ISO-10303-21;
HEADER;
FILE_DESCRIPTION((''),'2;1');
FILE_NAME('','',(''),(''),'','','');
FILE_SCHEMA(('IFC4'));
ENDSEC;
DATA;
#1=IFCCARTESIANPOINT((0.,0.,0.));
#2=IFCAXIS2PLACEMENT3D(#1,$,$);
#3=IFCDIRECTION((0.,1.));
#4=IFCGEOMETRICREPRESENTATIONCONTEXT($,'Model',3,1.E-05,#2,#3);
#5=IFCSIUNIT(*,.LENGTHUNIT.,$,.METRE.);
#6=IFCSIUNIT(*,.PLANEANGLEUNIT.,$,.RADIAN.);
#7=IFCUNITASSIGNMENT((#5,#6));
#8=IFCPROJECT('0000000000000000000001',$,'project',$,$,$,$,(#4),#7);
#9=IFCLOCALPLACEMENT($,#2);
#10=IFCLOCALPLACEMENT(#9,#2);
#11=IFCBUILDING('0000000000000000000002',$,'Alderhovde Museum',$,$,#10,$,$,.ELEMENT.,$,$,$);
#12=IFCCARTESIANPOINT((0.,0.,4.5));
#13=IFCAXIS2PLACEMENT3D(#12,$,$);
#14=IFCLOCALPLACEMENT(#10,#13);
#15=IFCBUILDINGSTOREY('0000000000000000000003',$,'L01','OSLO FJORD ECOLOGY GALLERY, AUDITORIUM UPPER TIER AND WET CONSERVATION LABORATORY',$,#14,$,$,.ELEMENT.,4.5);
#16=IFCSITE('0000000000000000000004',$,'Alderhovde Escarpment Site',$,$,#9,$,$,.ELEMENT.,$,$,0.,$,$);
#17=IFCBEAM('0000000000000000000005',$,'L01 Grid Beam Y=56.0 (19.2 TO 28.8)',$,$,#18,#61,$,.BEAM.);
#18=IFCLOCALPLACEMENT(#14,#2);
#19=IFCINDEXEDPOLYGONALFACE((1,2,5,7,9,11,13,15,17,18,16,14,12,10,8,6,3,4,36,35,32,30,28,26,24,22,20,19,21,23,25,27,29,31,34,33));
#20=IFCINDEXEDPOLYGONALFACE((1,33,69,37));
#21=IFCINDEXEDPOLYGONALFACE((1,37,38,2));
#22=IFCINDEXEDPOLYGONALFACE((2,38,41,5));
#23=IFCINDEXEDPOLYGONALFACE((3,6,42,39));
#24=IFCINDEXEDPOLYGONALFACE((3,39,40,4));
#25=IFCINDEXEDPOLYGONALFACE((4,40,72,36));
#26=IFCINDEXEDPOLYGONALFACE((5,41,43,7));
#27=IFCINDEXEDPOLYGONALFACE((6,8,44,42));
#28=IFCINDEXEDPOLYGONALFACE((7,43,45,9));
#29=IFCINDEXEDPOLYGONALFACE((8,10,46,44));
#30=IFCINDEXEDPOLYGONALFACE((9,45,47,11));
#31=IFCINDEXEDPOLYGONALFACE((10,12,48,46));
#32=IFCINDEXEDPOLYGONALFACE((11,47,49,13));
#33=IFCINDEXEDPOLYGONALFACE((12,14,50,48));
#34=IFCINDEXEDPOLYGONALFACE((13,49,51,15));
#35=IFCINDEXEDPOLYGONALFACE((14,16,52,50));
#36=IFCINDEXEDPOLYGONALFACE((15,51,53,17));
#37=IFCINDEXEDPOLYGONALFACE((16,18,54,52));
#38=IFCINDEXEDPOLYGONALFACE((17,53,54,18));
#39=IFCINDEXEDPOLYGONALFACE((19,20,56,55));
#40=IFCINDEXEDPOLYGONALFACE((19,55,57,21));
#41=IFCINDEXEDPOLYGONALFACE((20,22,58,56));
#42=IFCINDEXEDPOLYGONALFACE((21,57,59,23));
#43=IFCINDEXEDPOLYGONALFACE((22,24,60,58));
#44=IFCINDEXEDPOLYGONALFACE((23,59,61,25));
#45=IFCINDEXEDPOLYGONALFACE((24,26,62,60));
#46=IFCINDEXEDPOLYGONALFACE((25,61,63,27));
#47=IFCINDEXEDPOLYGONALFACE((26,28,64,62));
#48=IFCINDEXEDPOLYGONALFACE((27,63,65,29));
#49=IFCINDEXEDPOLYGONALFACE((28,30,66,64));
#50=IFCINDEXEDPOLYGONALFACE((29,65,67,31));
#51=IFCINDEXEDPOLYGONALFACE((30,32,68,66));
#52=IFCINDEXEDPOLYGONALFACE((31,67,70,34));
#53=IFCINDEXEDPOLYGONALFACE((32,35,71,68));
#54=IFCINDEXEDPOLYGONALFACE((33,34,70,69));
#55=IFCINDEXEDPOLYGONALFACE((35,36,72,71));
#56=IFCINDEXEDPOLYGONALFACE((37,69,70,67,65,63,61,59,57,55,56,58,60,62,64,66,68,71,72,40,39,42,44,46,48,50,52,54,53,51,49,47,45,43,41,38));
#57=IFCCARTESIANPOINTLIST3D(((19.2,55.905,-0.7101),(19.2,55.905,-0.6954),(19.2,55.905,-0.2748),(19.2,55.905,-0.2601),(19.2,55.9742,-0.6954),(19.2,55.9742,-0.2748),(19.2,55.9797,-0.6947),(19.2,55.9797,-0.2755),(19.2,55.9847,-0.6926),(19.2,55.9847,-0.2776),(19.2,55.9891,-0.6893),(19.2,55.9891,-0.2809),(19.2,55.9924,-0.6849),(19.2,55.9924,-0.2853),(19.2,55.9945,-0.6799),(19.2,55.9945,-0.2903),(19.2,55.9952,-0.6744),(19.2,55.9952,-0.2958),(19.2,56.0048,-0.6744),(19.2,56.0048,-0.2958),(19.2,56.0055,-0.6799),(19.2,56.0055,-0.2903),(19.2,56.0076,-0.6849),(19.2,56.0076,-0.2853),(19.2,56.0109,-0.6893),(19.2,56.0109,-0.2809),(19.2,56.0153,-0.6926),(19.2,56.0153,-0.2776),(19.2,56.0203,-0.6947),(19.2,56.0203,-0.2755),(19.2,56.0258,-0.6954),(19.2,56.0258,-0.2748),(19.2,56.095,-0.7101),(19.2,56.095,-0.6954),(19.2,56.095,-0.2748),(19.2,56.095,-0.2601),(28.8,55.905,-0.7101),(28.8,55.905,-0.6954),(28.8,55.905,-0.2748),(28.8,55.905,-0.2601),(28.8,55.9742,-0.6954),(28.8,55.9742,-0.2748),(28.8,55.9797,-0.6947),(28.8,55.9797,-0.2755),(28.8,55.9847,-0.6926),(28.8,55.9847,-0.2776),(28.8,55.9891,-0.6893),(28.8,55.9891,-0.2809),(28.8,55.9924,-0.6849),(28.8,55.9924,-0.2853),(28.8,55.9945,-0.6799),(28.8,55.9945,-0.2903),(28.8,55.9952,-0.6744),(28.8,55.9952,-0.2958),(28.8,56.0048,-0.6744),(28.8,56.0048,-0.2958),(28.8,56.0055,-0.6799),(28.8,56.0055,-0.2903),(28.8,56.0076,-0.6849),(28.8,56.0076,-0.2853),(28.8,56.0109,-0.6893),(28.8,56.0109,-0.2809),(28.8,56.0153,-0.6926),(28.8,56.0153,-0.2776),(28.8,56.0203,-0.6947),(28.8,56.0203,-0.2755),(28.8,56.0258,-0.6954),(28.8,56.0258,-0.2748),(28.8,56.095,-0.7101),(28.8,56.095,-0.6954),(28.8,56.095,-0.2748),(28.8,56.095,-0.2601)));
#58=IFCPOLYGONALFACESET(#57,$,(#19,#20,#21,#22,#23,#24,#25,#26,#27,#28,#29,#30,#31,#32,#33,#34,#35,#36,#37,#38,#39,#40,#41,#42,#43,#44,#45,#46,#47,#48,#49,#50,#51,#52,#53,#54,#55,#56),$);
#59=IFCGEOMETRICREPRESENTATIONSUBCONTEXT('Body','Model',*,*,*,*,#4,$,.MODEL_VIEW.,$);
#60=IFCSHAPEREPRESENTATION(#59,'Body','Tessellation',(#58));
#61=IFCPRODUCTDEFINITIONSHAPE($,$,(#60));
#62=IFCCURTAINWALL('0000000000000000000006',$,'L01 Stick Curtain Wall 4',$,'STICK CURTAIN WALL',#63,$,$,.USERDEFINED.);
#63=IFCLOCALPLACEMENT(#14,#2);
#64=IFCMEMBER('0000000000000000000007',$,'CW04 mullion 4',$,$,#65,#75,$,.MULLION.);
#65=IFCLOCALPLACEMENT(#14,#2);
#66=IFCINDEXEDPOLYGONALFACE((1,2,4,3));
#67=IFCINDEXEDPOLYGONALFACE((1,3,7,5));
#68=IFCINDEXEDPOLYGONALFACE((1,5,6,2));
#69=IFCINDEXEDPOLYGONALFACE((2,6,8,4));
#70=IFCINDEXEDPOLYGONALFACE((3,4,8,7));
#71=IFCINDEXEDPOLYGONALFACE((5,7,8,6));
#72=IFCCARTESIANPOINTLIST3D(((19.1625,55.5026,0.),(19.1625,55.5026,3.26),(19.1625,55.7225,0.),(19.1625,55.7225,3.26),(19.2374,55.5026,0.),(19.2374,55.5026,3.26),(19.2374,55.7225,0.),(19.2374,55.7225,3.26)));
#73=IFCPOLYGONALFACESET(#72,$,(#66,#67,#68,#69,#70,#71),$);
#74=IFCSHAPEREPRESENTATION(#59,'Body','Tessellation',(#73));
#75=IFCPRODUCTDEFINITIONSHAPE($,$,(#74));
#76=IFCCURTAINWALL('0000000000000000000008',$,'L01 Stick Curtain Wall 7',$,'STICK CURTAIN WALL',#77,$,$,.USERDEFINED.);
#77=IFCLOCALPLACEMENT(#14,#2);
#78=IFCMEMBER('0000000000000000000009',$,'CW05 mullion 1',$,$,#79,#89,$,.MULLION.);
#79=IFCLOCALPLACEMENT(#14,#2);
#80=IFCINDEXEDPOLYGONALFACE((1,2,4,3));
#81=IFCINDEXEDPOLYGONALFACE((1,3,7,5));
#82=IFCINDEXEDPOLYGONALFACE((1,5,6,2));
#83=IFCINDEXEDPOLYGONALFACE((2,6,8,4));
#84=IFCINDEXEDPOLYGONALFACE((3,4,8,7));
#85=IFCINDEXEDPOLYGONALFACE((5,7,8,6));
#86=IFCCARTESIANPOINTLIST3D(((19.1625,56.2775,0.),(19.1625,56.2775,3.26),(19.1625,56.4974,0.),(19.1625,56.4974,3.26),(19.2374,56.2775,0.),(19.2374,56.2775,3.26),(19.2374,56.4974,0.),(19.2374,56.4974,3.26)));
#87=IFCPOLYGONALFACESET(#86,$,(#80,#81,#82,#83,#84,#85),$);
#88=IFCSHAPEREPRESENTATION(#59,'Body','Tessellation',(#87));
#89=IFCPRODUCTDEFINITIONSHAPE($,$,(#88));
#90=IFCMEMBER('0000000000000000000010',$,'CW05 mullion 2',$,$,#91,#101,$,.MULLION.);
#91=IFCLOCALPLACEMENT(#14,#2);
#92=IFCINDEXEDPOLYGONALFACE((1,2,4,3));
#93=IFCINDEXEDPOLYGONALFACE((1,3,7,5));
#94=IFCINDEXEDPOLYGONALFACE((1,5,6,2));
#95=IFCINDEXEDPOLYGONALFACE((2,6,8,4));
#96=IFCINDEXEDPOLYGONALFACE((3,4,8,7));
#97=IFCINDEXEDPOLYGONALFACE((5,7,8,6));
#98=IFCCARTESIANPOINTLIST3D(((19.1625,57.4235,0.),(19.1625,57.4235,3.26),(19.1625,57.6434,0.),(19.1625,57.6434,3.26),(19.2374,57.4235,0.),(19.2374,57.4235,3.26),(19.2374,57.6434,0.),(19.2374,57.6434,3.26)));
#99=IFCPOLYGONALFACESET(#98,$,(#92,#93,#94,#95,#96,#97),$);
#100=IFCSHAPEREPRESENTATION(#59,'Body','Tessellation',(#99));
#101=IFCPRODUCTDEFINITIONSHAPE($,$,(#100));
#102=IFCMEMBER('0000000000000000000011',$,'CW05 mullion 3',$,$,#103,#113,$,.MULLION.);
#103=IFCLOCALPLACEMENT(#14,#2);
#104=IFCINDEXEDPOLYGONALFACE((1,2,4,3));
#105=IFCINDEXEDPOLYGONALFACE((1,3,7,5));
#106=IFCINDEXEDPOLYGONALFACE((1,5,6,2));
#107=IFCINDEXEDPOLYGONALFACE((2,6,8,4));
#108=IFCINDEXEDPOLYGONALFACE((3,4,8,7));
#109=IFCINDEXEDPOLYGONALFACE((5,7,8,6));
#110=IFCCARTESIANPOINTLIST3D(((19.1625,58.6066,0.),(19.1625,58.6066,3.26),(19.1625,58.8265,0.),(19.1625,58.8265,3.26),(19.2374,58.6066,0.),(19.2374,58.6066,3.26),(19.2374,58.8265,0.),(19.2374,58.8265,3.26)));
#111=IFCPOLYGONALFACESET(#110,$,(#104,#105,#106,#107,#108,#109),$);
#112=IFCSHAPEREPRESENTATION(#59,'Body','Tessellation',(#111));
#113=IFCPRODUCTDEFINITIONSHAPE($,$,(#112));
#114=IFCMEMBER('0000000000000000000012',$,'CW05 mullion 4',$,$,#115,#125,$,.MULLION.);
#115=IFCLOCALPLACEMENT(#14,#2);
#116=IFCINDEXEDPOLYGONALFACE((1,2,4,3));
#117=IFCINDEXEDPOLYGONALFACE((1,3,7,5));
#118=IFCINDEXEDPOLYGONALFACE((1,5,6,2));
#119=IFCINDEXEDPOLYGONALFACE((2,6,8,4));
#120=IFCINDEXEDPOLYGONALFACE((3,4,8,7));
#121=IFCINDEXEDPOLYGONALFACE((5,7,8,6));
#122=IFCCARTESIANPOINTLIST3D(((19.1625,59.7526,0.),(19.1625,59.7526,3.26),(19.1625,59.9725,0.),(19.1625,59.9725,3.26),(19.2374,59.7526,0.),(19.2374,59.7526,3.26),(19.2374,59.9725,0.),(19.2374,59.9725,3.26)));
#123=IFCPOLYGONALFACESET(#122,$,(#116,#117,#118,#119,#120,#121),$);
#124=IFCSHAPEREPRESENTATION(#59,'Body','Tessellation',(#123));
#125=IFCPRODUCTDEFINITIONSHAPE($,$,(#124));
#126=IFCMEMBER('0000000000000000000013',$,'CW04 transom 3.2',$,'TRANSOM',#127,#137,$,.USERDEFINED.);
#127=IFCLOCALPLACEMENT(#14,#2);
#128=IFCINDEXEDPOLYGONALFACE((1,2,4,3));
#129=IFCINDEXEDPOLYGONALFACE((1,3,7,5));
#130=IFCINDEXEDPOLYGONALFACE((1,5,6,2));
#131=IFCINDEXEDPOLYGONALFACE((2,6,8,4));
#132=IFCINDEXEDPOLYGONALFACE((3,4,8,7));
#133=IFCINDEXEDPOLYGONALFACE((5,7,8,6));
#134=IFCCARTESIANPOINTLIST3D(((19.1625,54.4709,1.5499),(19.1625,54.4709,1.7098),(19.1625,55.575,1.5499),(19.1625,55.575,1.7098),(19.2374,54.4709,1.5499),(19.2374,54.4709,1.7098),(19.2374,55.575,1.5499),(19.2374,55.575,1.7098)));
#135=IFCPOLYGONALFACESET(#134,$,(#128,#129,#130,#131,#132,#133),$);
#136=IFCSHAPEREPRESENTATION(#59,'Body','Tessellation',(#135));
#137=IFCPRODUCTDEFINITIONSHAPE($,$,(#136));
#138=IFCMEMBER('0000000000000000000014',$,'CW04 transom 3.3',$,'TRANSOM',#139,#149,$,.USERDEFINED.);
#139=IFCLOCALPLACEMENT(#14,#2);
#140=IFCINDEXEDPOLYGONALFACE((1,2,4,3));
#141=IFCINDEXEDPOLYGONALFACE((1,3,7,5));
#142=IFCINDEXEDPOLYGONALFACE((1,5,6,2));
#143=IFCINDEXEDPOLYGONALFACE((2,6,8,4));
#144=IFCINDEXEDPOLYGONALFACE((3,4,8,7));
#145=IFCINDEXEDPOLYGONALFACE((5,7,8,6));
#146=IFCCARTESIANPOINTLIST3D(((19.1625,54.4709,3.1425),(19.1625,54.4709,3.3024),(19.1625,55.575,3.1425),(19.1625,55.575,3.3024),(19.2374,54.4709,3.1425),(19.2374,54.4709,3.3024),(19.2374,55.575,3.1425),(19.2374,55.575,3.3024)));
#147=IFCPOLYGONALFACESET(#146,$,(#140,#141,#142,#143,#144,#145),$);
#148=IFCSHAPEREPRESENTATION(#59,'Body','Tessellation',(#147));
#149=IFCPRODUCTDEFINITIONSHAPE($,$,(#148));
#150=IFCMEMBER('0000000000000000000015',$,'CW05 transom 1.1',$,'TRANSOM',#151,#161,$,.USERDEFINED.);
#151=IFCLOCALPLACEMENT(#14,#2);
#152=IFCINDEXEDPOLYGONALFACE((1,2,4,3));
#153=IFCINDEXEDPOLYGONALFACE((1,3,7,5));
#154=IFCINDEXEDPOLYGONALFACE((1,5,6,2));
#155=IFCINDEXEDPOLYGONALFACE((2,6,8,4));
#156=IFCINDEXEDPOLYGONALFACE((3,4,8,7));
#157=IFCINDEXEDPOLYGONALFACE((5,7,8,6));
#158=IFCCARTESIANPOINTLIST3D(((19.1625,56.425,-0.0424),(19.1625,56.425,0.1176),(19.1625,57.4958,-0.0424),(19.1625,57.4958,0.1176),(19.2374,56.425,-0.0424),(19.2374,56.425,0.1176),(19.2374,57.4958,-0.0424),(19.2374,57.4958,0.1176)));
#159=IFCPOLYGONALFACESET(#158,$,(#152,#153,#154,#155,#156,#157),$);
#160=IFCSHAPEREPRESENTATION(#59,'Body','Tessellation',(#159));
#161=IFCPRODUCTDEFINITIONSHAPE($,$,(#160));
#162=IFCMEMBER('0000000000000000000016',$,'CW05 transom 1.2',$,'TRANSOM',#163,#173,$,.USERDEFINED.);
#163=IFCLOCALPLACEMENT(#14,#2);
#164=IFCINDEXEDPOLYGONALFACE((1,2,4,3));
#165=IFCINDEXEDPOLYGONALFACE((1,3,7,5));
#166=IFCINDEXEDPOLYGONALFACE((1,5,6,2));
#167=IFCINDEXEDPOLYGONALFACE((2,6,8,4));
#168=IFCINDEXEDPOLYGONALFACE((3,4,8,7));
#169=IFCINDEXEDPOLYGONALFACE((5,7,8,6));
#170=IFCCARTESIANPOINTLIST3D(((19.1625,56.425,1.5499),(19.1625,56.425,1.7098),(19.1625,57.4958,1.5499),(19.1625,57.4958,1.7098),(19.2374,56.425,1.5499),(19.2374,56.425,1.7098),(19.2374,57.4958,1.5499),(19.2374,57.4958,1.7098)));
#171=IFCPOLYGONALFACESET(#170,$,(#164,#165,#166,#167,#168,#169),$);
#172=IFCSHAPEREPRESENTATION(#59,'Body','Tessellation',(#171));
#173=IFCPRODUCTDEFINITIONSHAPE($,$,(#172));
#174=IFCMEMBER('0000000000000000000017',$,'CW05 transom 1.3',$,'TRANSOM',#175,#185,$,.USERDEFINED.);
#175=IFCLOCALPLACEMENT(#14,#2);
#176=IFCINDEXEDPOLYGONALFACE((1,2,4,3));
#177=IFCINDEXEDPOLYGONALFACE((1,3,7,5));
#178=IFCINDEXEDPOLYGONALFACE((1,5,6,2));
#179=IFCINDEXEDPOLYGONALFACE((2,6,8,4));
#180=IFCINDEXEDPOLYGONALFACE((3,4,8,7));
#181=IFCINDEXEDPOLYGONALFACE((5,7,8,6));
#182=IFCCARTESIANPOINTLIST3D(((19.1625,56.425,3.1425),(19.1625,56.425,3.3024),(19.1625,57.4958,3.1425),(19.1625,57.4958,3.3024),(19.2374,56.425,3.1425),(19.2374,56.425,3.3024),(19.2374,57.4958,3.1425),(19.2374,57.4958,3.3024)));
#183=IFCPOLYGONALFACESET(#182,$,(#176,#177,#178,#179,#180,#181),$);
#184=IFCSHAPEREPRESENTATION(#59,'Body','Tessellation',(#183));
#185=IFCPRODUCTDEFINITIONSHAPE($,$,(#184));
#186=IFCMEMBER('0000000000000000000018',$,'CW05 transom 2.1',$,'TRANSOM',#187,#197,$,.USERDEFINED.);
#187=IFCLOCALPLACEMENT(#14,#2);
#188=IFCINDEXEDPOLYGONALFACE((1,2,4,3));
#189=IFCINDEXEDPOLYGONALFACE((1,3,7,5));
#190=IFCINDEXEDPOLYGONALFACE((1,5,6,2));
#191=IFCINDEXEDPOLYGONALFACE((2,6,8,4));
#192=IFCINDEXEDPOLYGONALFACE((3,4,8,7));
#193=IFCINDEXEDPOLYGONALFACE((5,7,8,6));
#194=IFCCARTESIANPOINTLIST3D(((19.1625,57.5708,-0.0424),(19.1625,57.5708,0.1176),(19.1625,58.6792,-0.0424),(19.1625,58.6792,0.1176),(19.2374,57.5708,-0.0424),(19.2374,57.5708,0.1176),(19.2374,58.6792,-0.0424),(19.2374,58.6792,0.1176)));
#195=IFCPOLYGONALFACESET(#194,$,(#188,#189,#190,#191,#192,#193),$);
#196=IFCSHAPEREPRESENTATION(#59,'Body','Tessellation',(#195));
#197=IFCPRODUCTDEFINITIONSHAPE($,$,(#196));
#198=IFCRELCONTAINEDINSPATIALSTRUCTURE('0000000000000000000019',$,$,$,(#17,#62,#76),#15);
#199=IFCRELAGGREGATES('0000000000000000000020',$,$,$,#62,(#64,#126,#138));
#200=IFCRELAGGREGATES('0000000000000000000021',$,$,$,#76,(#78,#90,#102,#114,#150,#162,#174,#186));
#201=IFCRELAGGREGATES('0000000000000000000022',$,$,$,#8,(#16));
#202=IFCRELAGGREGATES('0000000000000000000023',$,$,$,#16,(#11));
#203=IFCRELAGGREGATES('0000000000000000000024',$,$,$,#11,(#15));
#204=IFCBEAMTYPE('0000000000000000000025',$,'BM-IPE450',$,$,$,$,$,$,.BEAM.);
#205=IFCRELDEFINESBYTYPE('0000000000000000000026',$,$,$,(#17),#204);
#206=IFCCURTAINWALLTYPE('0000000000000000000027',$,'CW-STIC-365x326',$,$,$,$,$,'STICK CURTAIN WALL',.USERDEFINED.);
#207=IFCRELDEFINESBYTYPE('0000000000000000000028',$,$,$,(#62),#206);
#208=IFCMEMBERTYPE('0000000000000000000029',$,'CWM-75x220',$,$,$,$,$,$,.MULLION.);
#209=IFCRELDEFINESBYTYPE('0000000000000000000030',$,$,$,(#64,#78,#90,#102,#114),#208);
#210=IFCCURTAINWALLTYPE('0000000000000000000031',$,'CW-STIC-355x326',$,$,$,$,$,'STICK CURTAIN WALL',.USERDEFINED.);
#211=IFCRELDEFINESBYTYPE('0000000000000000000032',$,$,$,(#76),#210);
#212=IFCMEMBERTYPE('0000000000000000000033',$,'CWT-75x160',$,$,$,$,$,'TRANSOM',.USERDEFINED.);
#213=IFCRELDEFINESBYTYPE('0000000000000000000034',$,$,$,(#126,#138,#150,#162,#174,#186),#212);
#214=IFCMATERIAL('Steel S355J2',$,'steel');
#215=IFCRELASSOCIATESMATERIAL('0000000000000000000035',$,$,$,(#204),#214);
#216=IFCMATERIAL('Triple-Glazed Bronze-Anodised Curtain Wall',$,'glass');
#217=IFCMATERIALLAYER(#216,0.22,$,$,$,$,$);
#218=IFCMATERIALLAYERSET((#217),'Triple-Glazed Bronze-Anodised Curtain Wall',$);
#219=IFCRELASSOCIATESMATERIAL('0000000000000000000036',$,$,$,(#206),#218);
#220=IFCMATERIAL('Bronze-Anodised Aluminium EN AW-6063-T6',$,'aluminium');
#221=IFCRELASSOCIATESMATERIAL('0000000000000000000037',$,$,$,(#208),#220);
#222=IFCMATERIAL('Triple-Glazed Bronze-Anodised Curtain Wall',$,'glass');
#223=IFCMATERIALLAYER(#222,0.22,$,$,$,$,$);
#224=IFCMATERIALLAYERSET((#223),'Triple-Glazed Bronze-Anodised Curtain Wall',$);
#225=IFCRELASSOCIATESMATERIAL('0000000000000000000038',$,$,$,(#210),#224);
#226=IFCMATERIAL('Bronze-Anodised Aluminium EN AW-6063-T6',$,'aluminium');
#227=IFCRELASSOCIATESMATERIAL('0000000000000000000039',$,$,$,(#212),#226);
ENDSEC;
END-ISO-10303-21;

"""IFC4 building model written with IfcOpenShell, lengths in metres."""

from ifc_helpers import new_model, si_unit, direction, frame, origin, origin_2d, place, context, subcontext, project, spatial, rectangle, i_section, extrude, material, layer, layer_set, material_profile, profile_set, type_object, element, aggregate, save


model = new_model("IFC4")

# Units and contexts
model_context = context("Model", 3, precision=1e-05, world=origin(), true_north=direction((0.0, 1.0)))
body_context = subcontext(model_context, "Body", "Model", "MODEL_VIEW")
ifc_project = project(units=[si_unit("LENGTHUNIT", "METRE"), si_unit("PLANEANGLEUNIT", "RADIAN")], contexts=[model_context])

# Site, building, storey
site_placement = place(None, origin())
site = spatial("IfcSite", under=ifc_project, at=site_placement, Name="Alderhovde Escarpment Site", CompositionType="ELEMENT", RefElevation=0.0)
building_placement = place(site_placement, origin())
building = spatial("IfcBuilding", under=site, at=building_placement, Name="Alderhovde Museum", CompositionType="ELEMENT")
storey_placement = place(building_placement, frame((0.0, 0.0, 4.5)))
storey = spatial("IfcBuildingStorey", under=building, at=storey_placement, Name="L01", Description="OSLO FJORD ECOLOGY GALLERY, AUDITORIUM UPPER TIER AND WET CONSERVATION LABORATORY", CompositionType="ELEMENT", Elevation=4.5)

# Beam
ifc_material_1 = material(Name="Steel S355J2", Category="steel")
ifc_material_profile_1 = material_profile(ifc_material_1, i_section(OverallWidth=0.1899, OverallDepth=0.45, WebThickness=0.0095, FlangeThickness=0.0146, FilletRadius=0.021, at=origin_2d()), Name="IPE 450")
ifc_profile_set_1 = profile_set([ifc_material_profile_1], Name="Steel S355J2")
beam_type_1 = type_object("IfcBeamType", Name="BM-IPE450", PredefinedType="BEAM", material=ifc_profile_set_1)
beam_1_placement = place(storey_placement, frame((19.2, 56.0, -0.4851), z_axis=(1.0, 0.0, 0.0), x_axis=(0.0, 1.0, 0.0)))
element("IfcBeam", 1, at=beam_1_placement, inside=storey, type_object=beam_type_1, Name="L01 Grid Beam Y=56.0 (19.2 TO 28.8)", PredefinedType="BEAM", context=body_context, shape_type="SweptSolid", body=[
    extrude(i_section(OverallWidth=0.1899, OverallDepth=0.45, WebThickness=0.0095, FlangeThickness=0.0146, FilletRadius=0.021, at=origin_2d()), origin(), (0.0, 0.0, 1.0), 9.6001),
])

# Curtain wall, member
ifc_material_2 = material(Name="Triple-Glazed Bronze-Anodised Curtain Wall", Category="glass")
ifc_layer_1 = layer(ifc_material_2, 0.22)
ifc_layer_set_1 = layer_set([ifc_layer_1], Name="Triple-Glazed Bronze-Anodised Curtain Wall")
curtain_wall_type_1 = type_object("IfcCurtainWallType", Name="CW-STIC-365x326", ElementType="STICK CURTAIN WALL", PredefinedType="USERDEFINED", material=ifc_layer_set_1)
curtain_wall_1_placement = place(storey_placement, origin())
curtain_wall_1 = element("IfcCurtainWall", 2, at=curtain_wall_1_placement, inside=storey, type_object=curtain_wall_type_1, Name="L01 Stick Curtain Wall 4", ObjectType="STICK CURTAIN WALL", PredefinedType="USERDEFINED")
ifc_material_3 = material(Name="Bronze-Anodised Aluminium EN AW-6063-T6", Category="aluminium")
ifc_material_profile_2 = material_profile(ifc_material_3, rectangle(XDim=0.075, YDim=0.22, at=origin_2d()), Name="MULLION 75x220")
ifc_profile_set_2 = profile_set([ifc_material_profile_2], Name="Bronze-Anodised Aluminium EN AW-6063-T6")
member_type_1 = type_object("IfcMemberType", Name="CWM-75x220", PredefinedType="MULLION", material=ifc_profile_set_2)
member_1_placement = place(storey_placement, frame((19.2, 55.6125, 0.0), z_axis=(0.0, 0.0, 1.0), x_axis=(-1.0, 0.0, 0.0)))
member_1 = element("IfcMember", 3, at=member_1_placement, type_object=member_type_1, Name="CW04 mullion 4", PredefinedType="MULLION", context=body_context, shape_type="SweptSolid", body=[
    extrude(rectangle(XDim=0.075, YDim=0.22, at=origin_2d()), origin(), (0.0, 0.0, 1.0), 3.26),
])

# Curtain wall, members
ifc_material_4 = material(Name="Triple-Glazed Bronze-Anodised Curtain Wall", Category="glass")
ifc_layer_2 = layer(ifc_material_4, 0.22)
ifc_layer_set_2 = layer_set([ifc_layer_2], Name="Triple-Glazed Bronze-Anodised Curtain Wall")
curtain_wall_type_2 = type_object("IfcCurtainWallType", Name="CW-STIC-355x326", ElementType="STICK CURTAIN WALL", PredefinedType="USERDEFINED", material=ifc_layer_set_2)
curtain_wall_2_placement = place(storey_placement, origin())
curtain_wall_2 = element("IfcCurtainWall", 4, at=curtain_wall_2_placement, inside=storey, type_object=curtain_wall_type_2, Name="L01 Stick Curtain Wall 7", ObjectType="STICK CURTAIN WALL", PredefinedType="USERDEFINED")
member_2_placement = place(storey_placement, frame((19.2, 56.3875, 0.0), z_axis=(0.0, 0.0, 1.0), x_axis=(-1.0, 0.0, 0.0)))
member_2 = element("IfcMember", 5, at=member_2_placement, type_object=member_type_1, Name="CW05 mullion 1", PredefinedType="MULLION", context=body_context, shape_type="SweptSolid", body=[
    extrude(rectangle(XDim=0.075, YDim=0.22, at=origin_2d()), origin(), (0.0, 0.0, 1.0), 3.26),
])
member_3_placement = place(storey_placement, frame((19.2, 57.5334, 0.0), z_axis=(0.0, 0.0, 1.0), x_axis=(-1.0, 0.0, 0.0)))
member_3 = element("IfcMember", 6, at=member_3_placement, type_object=member_type_1, Name="CW05 mullion 2", PredefinedType="MULLION", context=body_context, shape_type="SweptSolid", body=[
    extrude(rectangle(XDim=0.075, YDim=0.22, at=origin_2d()), origin(), (0.0, 0.0, 1.0), 3.26),
])
member_4_placement = place(storey_placement, frame((19.2, 58.7166, 0.0), z_axis=(0.0, 0.0, 1.0), x_axis=(-1.0, 0.0, 0.0)))
member_4 = element("IfcMember", 7, at=member_4_placement, type_object=member_type_1, Name="CW05 mullion 3", PredefinedType="MULLION", context=body_context, shape_type="SweptSolid", body=[
    extrude(rectangle(XDim=0.075, YDim=0.22, at=origin_2d()), origin(), (0.0, 0.0, 1.0), 3.26),
])
member_5_placement = place(storey_placement, frame((19.2, 59.8625, 0.0), z_axis=(0.0, 0.0, 1.0), x_axis=(-1.0, 0.0, 0.0)))
member_5 = element("IfcMember", 8, at=member_5_placement, type_object=member_type_1, Name="CW05 mullion 4", PredefinedType="MULLION", context=body_context, shape_type="SweptSolid", body=[
    extrude(rectangle(XDim=0.075, YDim=0.22, at=origin_2d()), origin(), (0.0, 0.0, 1.0), 3.26),
])

# Members
ifc_material_5 = material(Name="Bronze-Anodised Aluminium EN AW-6063-T6", Category="aluminium")
ifc_material_profile_3 = material_profile(ifc_material_5, rectangle(XDim=0.075, YDim=0.1599, at=origin_2d()), Name="TRANSOM 75x160")
ifc_profile_set_3 = profile_set([ifc_material_profile_3], Name="Bronze-Anodised Aluminium EN AW-6063-T6")
member_type_2 = type_object("IfcMemberType", Name="CWT-75x160", ElementType="TRANSOM", PredefinedType="USERDEFINED", material=ifc_profile_set_3)
member_6_placement = place(storey_placement, frame((19.2, 54.4709, 1.6299), z_axis=(0.0, 1.0, 0.0), x_axis=(-1.0, 0.0, 0.0)))
member_6 = element("IfcMember", 9, at=member_6_placement, type_object=member_type_2, Name="CW04 transom 3.2", ObjectType="TRANSOM", PredefinedType="USERDEFINED", context=body_context, shape_type="SweptSolid", body=[
    extrude(rectangle(XDim=0.075, YDim=0.1599, at=origin_2d()), origin(), (0.0, 0.0, 1.0), 1.104),
])
member_7_placement = place(storey_placement, frame((19.2, 54.4709, 3.2224), z_axis=(0.0, 1.0, 0.0), x_axis=(-1.0, 0.0, 0.0)))
member_7 = element("IfcMember", 10, at=member_7_placement, type_object=member_type_2, Name="CW04 transom 3.3", ObjectType="TRANSOM", PredefinedType="USERDEFINED", context=body_context, shape_type="SweptSolid", body=[
    extrude(rectangle(XDim=0.075, YDim=0.1599, at=origin_2d()), origin(), (0.0, 0.0, 1.0), 1.104),
])
member_8_placement = place(storey_placement, frame((19.2, 56.425, 0.0376), z_axis=(0.0, 1.0, 0.0), x_axis=(-1.0, 0.0, 0.0)))
member_8 = element("IfcMember", 11, at=member_8_placement, type_object=member_type_2, Name="CW05 transom 1.1", ObjectType="TRANSOM", PredefinedType="USERDEFINED", context=body_context, shape_type="SweptSolid", body=[
    extrude(rectangle(XDim=0.075, YDim=0.1599, at=origin_2d()), origin(), (0.0, 0.0, 1.0), 1.0708),
])
member_9_placement = place(storey_placement, frame((19.2, 56.425, 1.6299), z_axis=(0.0, 1.0, 0.0), x_axis=(-1.0, 0.0, 0.0)))
member_9 = element("IfcMember", 12, at=member_9_placement, type_object=member_type_2, Name="CW05 transom 1.2", ObjectType="TRANSOM", PredefinedType="USERDEFINED", context=body_context, shape_type="SweptSolid", body=[
    extrude(rectangle(XDim=0.075, YDim=0.1599, at=origin_2d()), origin(), (0.0, 0.0, 1.0), 1.0708),
])
member_10_placement = place(storey_placement, frame((19.2, 56.425, 3.2224), z_axis=(0.0, 1.0, 0.0), x_axis=(-1.0, 0.0, 0.0)))
member_10 = element("IfcMember", 13, at=member_10_placement, type_object=member_type_2, Name="CW05 transom 1.3", ObjectType="TRANSOM", PredefinedType="USERDEFINED", context=body_context, shape_type="SweptSolid", body=[
    extrude(rectangle(XDim=0.075, YDim=0.1599, at=origin_2d()), origin(), (0.0, 0.0, 1.0), 1.0708),
])
member_11_placement = place(storey_placement, frame((19.2, 57.5708, 0.0376), z_axis=(0.0, 1.0, 0.0), x_axis=(-1.0, 0.0, 0.0)))
member_11 = element("IfcMember", 14, at=member_11_placement, type_object=member_type_2, Name="CW05 transom 2.1", ObjectType="TRANSOM", PredefinedType="USERDEFINED", context=body_context, shape_type="SweptSolid", body=[
    extrude(rectangle(XDim=0.075, YDim=0.1599, at=origin_2d()), origin(), (0.0, 0.0, 1.0), 1.1084),
])

aggregate(curtain_wall_1, [member_1, member_6, member_7])
aggregate(curtain_wall_2, [member_2, member_3, member_4, member_5, member_8, member_9, member_10, member_11])

save(model, "model.ifc")
